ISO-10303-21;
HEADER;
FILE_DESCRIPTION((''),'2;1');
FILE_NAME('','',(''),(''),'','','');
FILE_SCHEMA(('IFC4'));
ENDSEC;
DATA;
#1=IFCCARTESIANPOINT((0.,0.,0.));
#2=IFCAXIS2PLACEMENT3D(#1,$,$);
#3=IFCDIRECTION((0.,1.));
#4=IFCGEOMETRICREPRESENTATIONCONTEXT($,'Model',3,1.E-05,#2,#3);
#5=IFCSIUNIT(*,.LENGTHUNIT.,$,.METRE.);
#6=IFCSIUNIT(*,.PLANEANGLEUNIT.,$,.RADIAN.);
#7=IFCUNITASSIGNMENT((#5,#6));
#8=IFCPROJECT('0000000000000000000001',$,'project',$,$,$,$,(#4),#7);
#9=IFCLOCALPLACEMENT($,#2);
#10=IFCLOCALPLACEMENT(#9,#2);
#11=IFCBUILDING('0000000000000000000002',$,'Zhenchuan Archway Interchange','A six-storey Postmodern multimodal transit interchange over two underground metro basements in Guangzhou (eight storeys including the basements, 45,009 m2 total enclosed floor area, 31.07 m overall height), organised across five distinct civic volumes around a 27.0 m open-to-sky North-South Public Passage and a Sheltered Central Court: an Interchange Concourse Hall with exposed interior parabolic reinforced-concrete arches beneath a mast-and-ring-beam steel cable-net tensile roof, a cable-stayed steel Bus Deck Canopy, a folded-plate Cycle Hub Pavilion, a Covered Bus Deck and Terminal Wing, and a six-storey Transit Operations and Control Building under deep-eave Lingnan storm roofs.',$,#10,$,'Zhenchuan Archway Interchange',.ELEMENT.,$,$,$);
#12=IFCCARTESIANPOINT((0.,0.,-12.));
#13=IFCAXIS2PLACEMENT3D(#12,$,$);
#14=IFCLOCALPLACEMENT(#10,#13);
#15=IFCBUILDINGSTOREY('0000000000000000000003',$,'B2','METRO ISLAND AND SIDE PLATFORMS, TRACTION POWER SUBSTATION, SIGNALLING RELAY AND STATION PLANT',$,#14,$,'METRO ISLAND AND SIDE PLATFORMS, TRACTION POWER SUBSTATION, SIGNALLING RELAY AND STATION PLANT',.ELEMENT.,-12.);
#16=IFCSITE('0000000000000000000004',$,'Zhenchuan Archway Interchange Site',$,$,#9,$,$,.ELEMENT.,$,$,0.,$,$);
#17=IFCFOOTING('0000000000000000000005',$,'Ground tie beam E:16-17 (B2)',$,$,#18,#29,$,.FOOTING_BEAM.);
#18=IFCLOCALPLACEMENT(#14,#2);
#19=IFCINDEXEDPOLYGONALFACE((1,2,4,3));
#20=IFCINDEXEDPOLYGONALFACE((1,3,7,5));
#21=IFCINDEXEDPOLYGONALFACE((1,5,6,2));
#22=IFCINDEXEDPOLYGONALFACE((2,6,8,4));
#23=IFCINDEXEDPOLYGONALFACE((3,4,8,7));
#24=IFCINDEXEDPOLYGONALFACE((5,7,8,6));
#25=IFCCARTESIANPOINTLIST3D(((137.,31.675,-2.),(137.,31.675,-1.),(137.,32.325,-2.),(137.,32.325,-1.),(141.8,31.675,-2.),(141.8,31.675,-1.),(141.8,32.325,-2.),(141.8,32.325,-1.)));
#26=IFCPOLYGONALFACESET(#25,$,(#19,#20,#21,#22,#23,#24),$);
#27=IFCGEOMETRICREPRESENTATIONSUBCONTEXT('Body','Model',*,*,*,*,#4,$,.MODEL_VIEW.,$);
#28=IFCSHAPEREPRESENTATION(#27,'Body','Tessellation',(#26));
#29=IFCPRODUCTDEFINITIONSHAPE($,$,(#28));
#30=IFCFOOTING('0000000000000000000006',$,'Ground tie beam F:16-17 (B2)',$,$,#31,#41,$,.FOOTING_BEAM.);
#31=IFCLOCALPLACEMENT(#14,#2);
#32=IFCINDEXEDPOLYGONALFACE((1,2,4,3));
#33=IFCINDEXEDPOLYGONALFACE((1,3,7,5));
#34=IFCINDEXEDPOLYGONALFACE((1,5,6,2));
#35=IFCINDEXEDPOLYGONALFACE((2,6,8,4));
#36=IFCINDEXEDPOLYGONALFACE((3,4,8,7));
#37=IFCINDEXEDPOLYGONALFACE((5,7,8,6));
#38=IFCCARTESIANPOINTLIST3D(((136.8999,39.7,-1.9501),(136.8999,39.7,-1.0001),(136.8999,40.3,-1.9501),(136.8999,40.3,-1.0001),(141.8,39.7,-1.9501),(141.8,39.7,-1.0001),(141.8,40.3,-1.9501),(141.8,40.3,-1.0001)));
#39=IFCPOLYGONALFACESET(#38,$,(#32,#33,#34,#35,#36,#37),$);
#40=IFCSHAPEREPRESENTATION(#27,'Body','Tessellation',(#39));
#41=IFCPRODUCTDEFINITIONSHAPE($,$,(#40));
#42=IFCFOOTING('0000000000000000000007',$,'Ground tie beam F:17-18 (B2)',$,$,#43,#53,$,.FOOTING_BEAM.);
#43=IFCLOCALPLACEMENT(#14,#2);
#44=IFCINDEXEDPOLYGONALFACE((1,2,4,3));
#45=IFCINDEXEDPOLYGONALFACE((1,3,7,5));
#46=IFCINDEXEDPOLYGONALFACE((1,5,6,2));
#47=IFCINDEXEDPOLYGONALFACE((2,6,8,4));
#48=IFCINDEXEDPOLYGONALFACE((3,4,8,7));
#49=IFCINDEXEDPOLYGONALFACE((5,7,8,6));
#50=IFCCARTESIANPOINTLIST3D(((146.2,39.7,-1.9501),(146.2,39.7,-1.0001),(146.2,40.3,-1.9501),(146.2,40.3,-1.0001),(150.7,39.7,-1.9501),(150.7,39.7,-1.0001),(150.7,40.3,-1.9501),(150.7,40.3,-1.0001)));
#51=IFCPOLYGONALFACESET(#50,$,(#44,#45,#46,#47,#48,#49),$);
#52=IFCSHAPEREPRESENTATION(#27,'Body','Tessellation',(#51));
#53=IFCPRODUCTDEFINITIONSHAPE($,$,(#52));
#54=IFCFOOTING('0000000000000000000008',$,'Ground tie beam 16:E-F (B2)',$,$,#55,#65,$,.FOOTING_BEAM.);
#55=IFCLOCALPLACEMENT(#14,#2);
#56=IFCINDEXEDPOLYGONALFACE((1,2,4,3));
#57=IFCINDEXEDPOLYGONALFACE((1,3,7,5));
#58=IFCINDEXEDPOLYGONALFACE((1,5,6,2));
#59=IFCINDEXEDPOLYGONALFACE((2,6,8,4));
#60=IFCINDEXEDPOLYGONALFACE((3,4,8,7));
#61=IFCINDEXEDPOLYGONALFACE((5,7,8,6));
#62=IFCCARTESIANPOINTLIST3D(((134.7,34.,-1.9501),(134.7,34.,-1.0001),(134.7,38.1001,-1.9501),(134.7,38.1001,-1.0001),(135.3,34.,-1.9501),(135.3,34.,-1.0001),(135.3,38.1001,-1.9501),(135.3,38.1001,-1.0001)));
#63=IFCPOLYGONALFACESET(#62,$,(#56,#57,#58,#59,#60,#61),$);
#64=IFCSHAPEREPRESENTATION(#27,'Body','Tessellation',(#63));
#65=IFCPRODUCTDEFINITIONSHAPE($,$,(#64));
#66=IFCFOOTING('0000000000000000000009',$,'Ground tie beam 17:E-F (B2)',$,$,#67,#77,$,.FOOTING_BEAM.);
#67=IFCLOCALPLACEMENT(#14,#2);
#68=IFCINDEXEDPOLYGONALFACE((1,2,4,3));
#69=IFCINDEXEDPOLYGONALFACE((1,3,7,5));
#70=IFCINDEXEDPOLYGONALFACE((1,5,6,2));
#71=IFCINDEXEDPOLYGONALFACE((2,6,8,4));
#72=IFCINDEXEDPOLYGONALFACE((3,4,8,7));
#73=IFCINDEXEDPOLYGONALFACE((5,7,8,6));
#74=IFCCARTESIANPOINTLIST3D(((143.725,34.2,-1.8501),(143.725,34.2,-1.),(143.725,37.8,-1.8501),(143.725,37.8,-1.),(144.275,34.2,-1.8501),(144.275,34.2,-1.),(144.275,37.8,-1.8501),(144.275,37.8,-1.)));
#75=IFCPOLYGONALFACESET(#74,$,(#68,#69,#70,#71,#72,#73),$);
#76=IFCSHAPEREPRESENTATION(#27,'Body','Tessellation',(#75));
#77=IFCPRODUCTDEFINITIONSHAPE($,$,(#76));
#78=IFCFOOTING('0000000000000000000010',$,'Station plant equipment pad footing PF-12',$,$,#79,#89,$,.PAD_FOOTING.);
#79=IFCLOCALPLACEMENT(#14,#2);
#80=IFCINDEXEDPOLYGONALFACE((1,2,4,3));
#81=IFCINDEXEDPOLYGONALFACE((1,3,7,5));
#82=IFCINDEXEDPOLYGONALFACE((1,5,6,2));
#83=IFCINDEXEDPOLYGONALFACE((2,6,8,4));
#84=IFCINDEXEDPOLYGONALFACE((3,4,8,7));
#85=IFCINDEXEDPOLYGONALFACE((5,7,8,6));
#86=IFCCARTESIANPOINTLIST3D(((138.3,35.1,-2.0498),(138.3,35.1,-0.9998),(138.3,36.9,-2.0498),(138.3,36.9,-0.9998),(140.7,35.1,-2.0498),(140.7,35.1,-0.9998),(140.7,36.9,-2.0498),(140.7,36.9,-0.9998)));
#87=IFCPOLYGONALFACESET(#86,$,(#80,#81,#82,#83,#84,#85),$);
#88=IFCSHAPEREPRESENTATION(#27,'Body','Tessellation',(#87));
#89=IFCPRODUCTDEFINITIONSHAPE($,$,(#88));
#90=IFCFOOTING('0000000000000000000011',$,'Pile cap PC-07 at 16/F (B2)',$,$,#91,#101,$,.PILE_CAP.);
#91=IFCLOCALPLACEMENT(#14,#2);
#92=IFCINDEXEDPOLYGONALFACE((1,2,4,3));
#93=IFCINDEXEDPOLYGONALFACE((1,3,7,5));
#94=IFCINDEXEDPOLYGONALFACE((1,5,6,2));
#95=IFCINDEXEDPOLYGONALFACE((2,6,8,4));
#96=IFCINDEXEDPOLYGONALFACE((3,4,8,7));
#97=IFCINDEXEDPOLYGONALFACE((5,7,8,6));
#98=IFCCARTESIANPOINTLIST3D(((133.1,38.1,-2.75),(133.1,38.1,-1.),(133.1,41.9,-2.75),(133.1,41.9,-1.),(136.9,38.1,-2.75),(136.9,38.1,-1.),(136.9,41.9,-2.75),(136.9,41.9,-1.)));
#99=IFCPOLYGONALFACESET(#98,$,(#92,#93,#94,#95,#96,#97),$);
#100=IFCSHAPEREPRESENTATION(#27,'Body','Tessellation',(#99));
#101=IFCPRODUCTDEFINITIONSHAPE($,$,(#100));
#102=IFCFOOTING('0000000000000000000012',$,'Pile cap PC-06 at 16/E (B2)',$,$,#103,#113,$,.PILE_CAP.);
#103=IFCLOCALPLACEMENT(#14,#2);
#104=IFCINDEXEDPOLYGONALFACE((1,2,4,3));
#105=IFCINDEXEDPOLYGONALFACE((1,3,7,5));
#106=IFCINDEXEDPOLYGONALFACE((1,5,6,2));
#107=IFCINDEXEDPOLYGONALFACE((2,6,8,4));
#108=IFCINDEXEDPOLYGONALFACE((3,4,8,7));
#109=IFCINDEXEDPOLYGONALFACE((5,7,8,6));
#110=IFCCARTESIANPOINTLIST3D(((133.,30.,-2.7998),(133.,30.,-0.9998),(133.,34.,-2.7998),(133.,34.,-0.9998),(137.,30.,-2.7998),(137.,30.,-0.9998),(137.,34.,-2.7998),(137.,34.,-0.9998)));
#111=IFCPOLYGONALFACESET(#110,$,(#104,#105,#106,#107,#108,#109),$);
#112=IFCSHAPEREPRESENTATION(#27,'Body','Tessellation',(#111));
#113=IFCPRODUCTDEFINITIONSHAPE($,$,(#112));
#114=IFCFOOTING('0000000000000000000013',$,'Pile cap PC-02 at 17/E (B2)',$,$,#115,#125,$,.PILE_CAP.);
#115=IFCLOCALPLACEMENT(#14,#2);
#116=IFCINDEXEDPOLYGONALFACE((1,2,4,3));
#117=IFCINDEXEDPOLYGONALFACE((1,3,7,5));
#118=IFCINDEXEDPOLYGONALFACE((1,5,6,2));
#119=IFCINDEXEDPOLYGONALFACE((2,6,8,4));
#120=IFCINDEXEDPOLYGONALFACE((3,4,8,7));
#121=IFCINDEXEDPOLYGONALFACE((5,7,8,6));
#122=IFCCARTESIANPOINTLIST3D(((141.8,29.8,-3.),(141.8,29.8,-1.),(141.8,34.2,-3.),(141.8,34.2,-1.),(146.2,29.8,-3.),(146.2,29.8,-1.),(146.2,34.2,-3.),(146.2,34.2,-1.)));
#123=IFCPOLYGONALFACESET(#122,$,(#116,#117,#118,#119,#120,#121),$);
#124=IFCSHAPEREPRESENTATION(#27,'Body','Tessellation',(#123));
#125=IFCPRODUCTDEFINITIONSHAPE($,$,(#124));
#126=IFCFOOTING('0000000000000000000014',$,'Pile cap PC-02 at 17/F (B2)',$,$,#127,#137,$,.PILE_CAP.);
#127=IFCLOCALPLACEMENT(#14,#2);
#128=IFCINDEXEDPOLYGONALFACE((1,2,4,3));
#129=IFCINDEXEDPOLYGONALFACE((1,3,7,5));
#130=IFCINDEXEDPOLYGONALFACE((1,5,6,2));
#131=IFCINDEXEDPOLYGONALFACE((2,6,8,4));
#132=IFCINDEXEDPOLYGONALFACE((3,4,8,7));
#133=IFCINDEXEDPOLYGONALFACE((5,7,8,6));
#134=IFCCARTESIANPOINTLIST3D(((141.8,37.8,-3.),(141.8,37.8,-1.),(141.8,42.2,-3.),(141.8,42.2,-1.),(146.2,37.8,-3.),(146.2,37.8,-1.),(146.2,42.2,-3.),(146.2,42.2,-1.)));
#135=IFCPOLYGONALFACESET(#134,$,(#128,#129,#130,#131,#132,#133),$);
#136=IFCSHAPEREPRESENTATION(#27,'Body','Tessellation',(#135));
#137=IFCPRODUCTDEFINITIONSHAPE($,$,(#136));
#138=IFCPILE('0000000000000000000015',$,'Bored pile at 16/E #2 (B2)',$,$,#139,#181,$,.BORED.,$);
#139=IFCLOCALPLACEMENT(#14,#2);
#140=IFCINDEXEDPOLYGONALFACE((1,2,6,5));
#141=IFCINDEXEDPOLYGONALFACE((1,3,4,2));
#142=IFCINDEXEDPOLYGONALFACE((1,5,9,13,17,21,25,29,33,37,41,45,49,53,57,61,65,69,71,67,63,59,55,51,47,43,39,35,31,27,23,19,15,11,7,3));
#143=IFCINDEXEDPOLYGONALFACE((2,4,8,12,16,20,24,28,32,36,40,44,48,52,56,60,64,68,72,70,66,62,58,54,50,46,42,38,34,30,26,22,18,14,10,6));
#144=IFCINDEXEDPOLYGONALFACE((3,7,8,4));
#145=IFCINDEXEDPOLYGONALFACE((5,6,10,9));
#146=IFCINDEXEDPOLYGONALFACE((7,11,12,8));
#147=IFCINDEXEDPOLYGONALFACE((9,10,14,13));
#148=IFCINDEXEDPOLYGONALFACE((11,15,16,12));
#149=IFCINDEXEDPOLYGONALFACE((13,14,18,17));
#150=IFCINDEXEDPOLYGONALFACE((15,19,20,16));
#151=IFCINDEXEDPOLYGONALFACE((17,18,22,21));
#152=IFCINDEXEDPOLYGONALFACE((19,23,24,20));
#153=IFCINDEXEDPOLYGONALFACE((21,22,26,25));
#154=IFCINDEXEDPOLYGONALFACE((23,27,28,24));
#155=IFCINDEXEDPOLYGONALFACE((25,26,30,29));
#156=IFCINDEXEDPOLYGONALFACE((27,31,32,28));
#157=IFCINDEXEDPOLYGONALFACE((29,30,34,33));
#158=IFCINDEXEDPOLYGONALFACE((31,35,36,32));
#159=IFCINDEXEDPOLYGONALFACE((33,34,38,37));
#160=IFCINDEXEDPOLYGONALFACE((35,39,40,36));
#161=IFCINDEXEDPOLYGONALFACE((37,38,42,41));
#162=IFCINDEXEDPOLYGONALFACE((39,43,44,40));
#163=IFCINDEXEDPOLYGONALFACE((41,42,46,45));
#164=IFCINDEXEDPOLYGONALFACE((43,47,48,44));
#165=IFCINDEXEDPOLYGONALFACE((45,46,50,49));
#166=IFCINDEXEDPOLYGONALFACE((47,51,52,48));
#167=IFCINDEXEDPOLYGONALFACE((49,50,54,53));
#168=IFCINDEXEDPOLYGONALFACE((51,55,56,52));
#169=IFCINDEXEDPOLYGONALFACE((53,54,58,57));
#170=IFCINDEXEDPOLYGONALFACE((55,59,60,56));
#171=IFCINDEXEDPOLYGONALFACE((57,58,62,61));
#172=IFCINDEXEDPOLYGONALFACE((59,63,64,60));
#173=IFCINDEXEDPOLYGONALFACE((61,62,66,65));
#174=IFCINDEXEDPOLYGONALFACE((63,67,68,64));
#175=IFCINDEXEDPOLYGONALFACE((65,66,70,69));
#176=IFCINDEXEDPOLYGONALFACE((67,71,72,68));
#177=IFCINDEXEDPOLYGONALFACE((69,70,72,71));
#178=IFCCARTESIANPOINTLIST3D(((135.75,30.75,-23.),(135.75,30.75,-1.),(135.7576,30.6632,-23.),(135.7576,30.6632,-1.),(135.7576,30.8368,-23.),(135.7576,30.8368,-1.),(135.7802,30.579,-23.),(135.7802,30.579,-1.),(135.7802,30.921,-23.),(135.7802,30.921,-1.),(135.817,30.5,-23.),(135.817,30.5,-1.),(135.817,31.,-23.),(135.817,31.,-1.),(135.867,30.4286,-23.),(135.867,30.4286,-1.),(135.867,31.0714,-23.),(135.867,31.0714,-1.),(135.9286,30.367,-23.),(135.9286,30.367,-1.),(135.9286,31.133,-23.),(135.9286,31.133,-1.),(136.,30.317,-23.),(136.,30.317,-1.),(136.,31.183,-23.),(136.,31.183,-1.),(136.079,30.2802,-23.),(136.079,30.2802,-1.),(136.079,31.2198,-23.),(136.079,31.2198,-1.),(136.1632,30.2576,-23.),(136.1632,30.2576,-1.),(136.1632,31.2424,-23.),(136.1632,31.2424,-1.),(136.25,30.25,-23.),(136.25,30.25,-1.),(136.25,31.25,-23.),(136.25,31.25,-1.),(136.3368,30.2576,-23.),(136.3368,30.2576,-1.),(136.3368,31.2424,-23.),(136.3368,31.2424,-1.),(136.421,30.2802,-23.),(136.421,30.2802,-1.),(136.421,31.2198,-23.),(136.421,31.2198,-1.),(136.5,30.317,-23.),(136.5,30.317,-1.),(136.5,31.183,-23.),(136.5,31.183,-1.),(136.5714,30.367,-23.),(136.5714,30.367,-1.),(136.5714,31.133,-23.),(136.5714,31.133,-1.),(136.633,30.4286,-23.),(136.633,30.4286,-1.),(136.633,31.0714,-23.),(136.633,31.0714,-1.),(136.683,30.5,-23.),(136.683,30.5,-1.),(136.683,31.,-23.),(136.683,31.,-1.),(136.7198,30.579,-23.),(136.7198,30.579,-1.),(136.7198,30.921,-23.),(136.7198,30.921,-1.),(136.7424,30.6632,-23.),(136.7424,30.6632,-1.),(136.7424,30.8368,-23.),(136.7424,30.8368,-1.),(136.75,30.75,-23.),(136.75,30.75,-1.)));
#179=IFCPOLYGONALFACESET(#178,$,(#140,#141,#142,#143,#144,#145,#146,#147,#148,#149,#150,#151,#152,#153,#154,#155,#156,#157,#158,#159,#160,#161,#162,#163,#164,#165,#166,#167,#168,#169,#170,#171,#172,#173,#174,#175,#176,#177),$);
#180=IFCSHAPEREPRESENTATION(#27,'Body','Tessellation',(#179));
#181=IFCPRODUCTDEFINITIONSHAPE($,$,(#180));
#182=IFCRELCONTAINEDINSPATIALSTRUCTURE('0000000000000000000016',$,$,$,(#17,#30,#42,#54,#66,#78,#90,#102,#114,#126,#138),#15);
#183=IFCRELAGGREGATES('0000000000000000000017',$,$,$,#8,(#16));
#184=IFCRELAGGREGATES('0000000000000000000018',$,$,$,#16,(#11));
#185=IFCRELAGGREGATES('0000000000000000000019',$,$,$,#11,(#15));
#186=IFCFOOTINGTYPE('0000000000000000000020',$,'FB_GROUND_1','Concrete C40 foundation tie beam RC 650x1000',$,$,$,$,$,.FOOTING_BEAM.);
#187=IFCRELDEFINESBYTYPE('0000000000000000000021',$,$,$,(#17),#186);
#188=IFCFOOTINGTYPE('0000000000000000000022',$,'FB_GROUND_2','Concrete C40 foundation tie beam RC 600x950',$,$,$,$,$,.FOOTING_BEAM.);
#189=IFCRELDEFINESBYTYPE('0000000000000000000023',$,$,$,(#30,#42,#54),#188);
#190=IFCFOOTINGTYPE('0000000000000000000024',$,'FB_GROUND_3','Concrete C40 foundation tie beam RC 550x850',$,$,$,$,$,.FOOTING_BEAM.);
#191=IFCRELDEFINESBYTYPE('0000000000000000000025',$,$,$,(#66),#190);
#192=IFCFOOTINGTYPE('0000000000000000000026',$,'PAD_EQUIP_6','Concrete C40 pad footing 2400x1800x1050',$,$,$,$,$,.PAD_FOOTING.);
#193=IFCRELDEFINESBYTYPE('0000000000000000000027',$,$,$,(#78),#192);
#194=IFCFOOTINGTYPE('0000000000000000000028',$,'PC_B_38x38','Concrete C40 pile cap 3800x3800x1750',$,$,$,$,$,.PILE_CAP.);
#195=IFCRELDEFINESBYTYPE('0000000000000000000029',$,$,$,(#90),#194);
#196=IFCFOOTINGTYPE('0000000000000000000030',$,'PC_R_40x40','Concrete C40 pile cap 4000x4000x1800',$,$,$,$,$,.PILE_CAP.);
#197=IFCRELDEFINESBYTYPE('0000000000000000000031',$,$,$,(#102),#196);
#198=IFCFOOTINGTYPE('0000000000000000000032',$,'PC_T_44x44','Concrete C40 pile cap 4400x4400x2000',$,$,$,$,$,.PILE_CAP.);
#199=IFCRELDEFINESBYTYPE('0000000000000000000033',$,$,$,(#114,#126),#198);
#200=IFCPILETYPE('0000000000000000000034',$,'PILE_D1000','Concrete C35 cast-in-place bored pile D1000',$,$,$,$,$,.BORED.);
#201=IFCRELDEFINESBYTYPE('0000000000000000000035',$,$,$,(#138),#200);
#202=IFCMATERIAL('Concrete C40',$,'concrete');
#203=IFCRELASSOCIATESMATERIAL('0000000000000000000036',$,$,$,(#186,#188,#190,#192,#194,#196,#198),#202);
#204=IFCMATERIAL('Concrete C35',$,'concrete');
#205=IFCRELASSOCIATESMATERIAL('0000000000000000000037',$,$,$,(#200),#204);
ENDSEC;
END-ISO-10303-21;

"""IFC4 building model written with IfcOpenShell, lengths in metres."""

from ifc_helpers import new_model, si_unit, direction, frame, origin, origin_2d, place, context, subcontext, project, spatial, rectangle, circle, extrude, material, material_profile, profile_set, type_object, element, save


model = new_model("IFC4")

# Units and contexts
model_context = context("Model", 3, precision=1e-05, world=origin(), true_north=direction((0.0, 1.0)))
body_context = subcontext(model_context, "Body", "Model", "MODEL_VIEW")
ifc_project = project(units=[si_unit("LENGTHUNIT", "METRE"), si_unit("PLANEANGLEUNIT", "RADIAN")], contexts=[model_context])

# Site, building, storey
site_placement = place(None, origin())
site = spatial("IfcSite", under=ifc_project, at=site_placement, Name="Zhenchuan Archway Interchange Site", CompositionType="ELEMENT", RefElevation=0.0)
building_placement = place(site_placement, origin())
building = spatial("IfcBuilding", under=site, at=building_placement, Name="Zhenchuan Archway Interchange", Description="A six-storey Postmodern multimodal transit interchange over two underground metro basements in Guangzhou (eight storeys including the basements, 45,009 m2 total enclosed floor area, 31.07 m overall height), organised across five distinct civic volumes around a 27.0 m open-to-sky North-South Public Passage and a Sheltered Central Court: an Interchange Concourse Hall with exposed interior parabolic reinforced-concrete arches beneath a mast-and-ring-beam steel cable-net tensile roof, a cable-stayed steel Bus Deck Canopy, a folded-plate Cycle Hub Pavilion, a Covered Bus Deck and Terminal Wing, and a six-storey Transit Operations and Control Building under deep-eave Lingnan storm roofs.", LongName="Zhenchuan Archway Interchange", CompositionType="ELEMENT")
storey_placement = place(building_placement, frame((0.0, 0.0, -12.0)))
storey = spatial("IfcBuildingStorey", under=building, at=storey_placement, Name="B2", Description="METRO ISLAND AND SIDE PLATFORMS, TRACTION POWER SUBSTATION, SIGNALLING RELAY AND STATION PLANT", LongName="METRO ISLAND AND SIDE PLATFORMS, TRACTION POWER SUBSTATION, SIGNALLING RELAY AND STATION PLANT", CompositionType="ELEMENT", Elevation=-12.0)

# Footings
ifc_material_1 = material(Name="Concrete C40", Category="concrete")
ifc_material_profile_1 = material_profile(ifc_material_1, rectangle(XDim=0.6499, YDim=1.0, at=origin_2d()), Name="RC 650x1000")
ifc_profile_set_1 = profile_set([ifc_material_profile_1], Name="Concrete C40")
footing_type_1 = type_object("IfcFootingType", Name="FB_GROUND_1", Description="Concrete C40 foundation tie beam RC 650x1000", PredefinedType="FOOTING_BEAM", material=ifc_profile_set_1)
footing_1_placement = place(storey_placement, frame((137.0, 32.0, -1.5), z_axis=(1.0, 0.0, 0.0), x_axis=(0.0, 1.0, 0.0)))
element("IfcFooting", 1, at=footing_1_placement, inside=storey, type_object=footing_type_1, Name="Ground tie beam E:16-17 (B2)", PredefinedType="FOOTING_BEAM", context=body_context, shape_type="SweptSolid", body=[
    extrude(rectangle(XDim=0.6499, YDim=1.0, at=origin_2d()), origin(), (0.0, 0.0, 1.0), 4.8),
])
ifc_material_profile_2 = material_profile(ifc_material_1, rectangle(XDim=0.6001, YDim=0.95, at=origin_2d()), Name="RC 600x950")
ifc_profile_set_2 = profile_set([ifc_material_profile_2], Name="Concrete C40")
footing_type_2 = type_object("IfcFootingType", Name="FB_GROUND_2", Description="Concrete C40 foundation tie beam RC 600x950", PredefinedType="FOOTING_BEAM", material=ifc_profile_set_2)
footing_2_placement = place(storey_placement, frame((136.8999, 40.0, -1.4751), z_axis=(1.0, 0.0, 0.0), x_axis=(0.0, 1.0, 0.0)))
element("IfcFooting", 2, at=footing_2_placement, inside=storey, type_object=footing_type_2, Name="Ground tie beam F:16-17 (B2)", PredefinedType="FOOTING_BEAM", context=body_context, shape_type="SweptSolid", body=[
    extrude(rectangle(XDim=0.6001, YDim=0.95, at=origin_2d()), origin(), (0.0, 0.0, 1.0), 4.9001),
])
footing_3_placement = place(storey_placement, frame((146.2, 40.0, -1.4751), z_axis=(1.0, 0.0, 0.0), x_axis=(0.0, 1.0, 0.0)))
element("IfcFooting", 3, at=footing_3_placement, inside=storey, type_object=footing_type_2, Name="Ground tie beam F:17-18 (B2)", PredefinedType="FOOTING_BEAM", context=body_context, shape_type="SweptSolid", body=[
    extrude(rectangle(XDim=0.6001, YDim=0.95, at=origin_2d()), origin(), (0.0, 0.0, 1.0), 4.5),
])
footing_4_placement = place(storey_placement, frame((135.0, 34.0, -1.4751), z_axis=(0.0, 1.0, 0.0), x_axis=(-1.0, 0.0, 0.0)))
element("IfcFooting", 4, at=footing_4_placement, inside=storey, type_object=footing_type_2, Name="Ground tie beam 16:E-F (B2)", PredefinedType="FOOTING_BEAM", context=body_context, shape_type="SweptSolid", body=[
    extrude(rectangle(XDim=0.6001, YDim=0.95, at=origin_2d()), origin(), (0.0, 0.0, 1.0), 4.1001),
])
ifc_material_profile_3 = material_profile(ifc_material_1, rectangle(XDim=0.55, YDim=0.8501, at=origin_2d()), Name="RC 550x850")
ifc_profile_set_3 = profile_set([ifc_material_profile_3], Name="Concrete C40")
footing_type_3 = type_object("IfcFootingType", Name="FB_GROUND_3", Description="Concrete C40 foundation tie beam RC 550x850", PredefinedType="FOOTING_BEAM", material=ifc_profile_set_3)
footing_5_placement = place(storey_placement, frame((144.0, 34.2, -1.425), z_axis=(0.0, 1.0, 0.0), x_axis=(-1.0, 0.0, 0.0)))
element("IfcFooting", 5, at=footing_5_placement, inside=storey, type_object=footing_type_3, Name="Ground tie beam 17:E-F (B2)", PredefinedType="FOOTING_BEAM", context=body_context, shape_type="SweptSolid", body=[
    extrude(rectangle(XDim=0.55, YDim=0.8501, at=origin_2d()), origin(), (0.0, 0.0, 1.0), 3.6001),
])
footing_type_4 = type_object("IfcFootingType", Name="PAD_EQUIP_6", Description="Concrete C40 pad footing 2400x1800x1050", PredefinedType="PAD_FOOTING", material=ifc_material_1)
footing_6_placement = place(storey_placement, frame((139.5, 36.0, -2.0498), z_axis=(0.0, 0.0, 1.0), x_axis=(1.0, 0.0, 0.0)))
element("IfcFooting", 6, at=footing_6_placement, inside=storey, type_object=footing_type_4, Name="Station plant equipment pad footing PF-12", PredefinedType="PAD_FOOTING", context=body_context, shape_type="SweptSolid", body=[
    extrude(rectangle(XDim=2.3999, YDim=1.8, at=origin_2d()), origin(), (0.0, 0.0, 1.0), 1.05),
])
footing_type_5 = type_object("IfcFootingType", Name="PC_B_38x38", Description="Concrete C40 pile cap 3800x3800x1750", PredefinedType="PILE_CAP", material=ifc_material_1)
footing_7_placement = place(storey_placement, frame((135.0, 40.0, -2.75), z_axis=(0.0, 0.0, 1.0), x_axis=(1.0, 0.0, 0.0)))
element("IfcFooting", 7, at=footing_7_placement, inside=storey, type_object=footing_type_5, Name="Pile cap PC-07 at 16/F (B2)", PredefinedType="PILE_CAP", context=body_context, shape_type="SweptSolid", body=[
    extrude(rectangle(XDim=3.8, YDim=3.8, at=origin_2d()), origin(), (0.0, 0.0, 1.0), 1.75),
])
footing_type_6 = type_object("IfcFootingType", Name="PC_R_40x40", Description="Concrete C40 pile cap 4000x4000x1800", PredefinedType="PILE_CAP", material=ifc_material_1)
footing_8_placement = place(storey_placement, frame((135.0, 32.0, -2.7998), z_axis=(0.0, 0.0, 1.0), x_axis=(1.0, 0.0, 0.0)))
element("IfcFooting", 8, at=footing_8_placement, inside=storey, type_object=footing_type_6, Name="Pile cap PC-06 at 16/E (B2)", PredefinedType="PILE_CAP", context=body_context, shape_type="SweptSolid", body=[
    extrude(rectangle(XDim=4.0, YDim=4.0, at=origin_2d()), origin(), (0.0, 0.0, 1.0), 1.8),
])
footing_type_7 = type_object("IfcFootingType", Name="PC_T_44x44", Description="Concrete C40 pile cap 4400x4400x2000", PredefinedType="PILE_CAP", material=ifc_material_1)
for number, where, z_axis, x_axis, name in (
    (9, (144.0, 32.0, -3.0), (0.0, 0.0, 1.0), (1.0, 0.0, 0.0), "Pile cap PC-02 at 17/E (B2)"),
    (10, (144.0, 40.0, -3.0), (0.0, 0.0, 1.0), (1.0, 0.0, 0.0), "Pile cap PC-02 at 17/F (B2)"),
):
    element("IfcFooting", number, at=place(storey_placement, frame(where, z_axis=z_axis, x_axis=x_axis)), inside=storey, type_object=footing_type_7, Name=name, PredefinedType="PILE_CAP", context=body_context, shape_type="SweptSolid", body=[
        extrude(rectangle(XDim=4.3999, YDim=4.3999, at=origin_2d()), origin(), (0.0, 0.0, 1.0), 2.0),
    ])

# Pile
ifc_material_2 = material(Name="Concrete C35", Category="concrete")
ifc_material_profile_4 = material_profile(ifc_material_2, circle(Radius=0.5, at=origin_2d()), Name="BORED PILE 1000")
ifc_profile_set_4 = profile_set([ifc_material_profile_4], Name="Concrete C35")
pile_type_1 = type_object("IfcPileType", Name="PILE_D1000", Description="Concrete C35 cast-in-place bored pile D1000", PredefinedType="BORED", material=ifc_profile_set_4)
for number, where, z_axis, x_axis, name in (
    (11, (136.25, 30.75, -1.0), (0.0, 0.0, -1.0), (1.0, 0.0, 0.0), "Bored pile at 16/E #2 (B2)"),
):
    element("IfcPile", number, at=place(storey_placement, frame(where, z_axis=z_axis, x_axis=x_axis)), inside=storey, type_object=pile_type_1, Name=name, PredefinedType="BORED", context=body_context, shape_type="SweptSolid", body=[
        extrude(circle(Radius=0.5, at=origin_2d()), origin(), (0.0, 0.0, 1.0), 22.0),
    ])

save(model, "model.ifc")
